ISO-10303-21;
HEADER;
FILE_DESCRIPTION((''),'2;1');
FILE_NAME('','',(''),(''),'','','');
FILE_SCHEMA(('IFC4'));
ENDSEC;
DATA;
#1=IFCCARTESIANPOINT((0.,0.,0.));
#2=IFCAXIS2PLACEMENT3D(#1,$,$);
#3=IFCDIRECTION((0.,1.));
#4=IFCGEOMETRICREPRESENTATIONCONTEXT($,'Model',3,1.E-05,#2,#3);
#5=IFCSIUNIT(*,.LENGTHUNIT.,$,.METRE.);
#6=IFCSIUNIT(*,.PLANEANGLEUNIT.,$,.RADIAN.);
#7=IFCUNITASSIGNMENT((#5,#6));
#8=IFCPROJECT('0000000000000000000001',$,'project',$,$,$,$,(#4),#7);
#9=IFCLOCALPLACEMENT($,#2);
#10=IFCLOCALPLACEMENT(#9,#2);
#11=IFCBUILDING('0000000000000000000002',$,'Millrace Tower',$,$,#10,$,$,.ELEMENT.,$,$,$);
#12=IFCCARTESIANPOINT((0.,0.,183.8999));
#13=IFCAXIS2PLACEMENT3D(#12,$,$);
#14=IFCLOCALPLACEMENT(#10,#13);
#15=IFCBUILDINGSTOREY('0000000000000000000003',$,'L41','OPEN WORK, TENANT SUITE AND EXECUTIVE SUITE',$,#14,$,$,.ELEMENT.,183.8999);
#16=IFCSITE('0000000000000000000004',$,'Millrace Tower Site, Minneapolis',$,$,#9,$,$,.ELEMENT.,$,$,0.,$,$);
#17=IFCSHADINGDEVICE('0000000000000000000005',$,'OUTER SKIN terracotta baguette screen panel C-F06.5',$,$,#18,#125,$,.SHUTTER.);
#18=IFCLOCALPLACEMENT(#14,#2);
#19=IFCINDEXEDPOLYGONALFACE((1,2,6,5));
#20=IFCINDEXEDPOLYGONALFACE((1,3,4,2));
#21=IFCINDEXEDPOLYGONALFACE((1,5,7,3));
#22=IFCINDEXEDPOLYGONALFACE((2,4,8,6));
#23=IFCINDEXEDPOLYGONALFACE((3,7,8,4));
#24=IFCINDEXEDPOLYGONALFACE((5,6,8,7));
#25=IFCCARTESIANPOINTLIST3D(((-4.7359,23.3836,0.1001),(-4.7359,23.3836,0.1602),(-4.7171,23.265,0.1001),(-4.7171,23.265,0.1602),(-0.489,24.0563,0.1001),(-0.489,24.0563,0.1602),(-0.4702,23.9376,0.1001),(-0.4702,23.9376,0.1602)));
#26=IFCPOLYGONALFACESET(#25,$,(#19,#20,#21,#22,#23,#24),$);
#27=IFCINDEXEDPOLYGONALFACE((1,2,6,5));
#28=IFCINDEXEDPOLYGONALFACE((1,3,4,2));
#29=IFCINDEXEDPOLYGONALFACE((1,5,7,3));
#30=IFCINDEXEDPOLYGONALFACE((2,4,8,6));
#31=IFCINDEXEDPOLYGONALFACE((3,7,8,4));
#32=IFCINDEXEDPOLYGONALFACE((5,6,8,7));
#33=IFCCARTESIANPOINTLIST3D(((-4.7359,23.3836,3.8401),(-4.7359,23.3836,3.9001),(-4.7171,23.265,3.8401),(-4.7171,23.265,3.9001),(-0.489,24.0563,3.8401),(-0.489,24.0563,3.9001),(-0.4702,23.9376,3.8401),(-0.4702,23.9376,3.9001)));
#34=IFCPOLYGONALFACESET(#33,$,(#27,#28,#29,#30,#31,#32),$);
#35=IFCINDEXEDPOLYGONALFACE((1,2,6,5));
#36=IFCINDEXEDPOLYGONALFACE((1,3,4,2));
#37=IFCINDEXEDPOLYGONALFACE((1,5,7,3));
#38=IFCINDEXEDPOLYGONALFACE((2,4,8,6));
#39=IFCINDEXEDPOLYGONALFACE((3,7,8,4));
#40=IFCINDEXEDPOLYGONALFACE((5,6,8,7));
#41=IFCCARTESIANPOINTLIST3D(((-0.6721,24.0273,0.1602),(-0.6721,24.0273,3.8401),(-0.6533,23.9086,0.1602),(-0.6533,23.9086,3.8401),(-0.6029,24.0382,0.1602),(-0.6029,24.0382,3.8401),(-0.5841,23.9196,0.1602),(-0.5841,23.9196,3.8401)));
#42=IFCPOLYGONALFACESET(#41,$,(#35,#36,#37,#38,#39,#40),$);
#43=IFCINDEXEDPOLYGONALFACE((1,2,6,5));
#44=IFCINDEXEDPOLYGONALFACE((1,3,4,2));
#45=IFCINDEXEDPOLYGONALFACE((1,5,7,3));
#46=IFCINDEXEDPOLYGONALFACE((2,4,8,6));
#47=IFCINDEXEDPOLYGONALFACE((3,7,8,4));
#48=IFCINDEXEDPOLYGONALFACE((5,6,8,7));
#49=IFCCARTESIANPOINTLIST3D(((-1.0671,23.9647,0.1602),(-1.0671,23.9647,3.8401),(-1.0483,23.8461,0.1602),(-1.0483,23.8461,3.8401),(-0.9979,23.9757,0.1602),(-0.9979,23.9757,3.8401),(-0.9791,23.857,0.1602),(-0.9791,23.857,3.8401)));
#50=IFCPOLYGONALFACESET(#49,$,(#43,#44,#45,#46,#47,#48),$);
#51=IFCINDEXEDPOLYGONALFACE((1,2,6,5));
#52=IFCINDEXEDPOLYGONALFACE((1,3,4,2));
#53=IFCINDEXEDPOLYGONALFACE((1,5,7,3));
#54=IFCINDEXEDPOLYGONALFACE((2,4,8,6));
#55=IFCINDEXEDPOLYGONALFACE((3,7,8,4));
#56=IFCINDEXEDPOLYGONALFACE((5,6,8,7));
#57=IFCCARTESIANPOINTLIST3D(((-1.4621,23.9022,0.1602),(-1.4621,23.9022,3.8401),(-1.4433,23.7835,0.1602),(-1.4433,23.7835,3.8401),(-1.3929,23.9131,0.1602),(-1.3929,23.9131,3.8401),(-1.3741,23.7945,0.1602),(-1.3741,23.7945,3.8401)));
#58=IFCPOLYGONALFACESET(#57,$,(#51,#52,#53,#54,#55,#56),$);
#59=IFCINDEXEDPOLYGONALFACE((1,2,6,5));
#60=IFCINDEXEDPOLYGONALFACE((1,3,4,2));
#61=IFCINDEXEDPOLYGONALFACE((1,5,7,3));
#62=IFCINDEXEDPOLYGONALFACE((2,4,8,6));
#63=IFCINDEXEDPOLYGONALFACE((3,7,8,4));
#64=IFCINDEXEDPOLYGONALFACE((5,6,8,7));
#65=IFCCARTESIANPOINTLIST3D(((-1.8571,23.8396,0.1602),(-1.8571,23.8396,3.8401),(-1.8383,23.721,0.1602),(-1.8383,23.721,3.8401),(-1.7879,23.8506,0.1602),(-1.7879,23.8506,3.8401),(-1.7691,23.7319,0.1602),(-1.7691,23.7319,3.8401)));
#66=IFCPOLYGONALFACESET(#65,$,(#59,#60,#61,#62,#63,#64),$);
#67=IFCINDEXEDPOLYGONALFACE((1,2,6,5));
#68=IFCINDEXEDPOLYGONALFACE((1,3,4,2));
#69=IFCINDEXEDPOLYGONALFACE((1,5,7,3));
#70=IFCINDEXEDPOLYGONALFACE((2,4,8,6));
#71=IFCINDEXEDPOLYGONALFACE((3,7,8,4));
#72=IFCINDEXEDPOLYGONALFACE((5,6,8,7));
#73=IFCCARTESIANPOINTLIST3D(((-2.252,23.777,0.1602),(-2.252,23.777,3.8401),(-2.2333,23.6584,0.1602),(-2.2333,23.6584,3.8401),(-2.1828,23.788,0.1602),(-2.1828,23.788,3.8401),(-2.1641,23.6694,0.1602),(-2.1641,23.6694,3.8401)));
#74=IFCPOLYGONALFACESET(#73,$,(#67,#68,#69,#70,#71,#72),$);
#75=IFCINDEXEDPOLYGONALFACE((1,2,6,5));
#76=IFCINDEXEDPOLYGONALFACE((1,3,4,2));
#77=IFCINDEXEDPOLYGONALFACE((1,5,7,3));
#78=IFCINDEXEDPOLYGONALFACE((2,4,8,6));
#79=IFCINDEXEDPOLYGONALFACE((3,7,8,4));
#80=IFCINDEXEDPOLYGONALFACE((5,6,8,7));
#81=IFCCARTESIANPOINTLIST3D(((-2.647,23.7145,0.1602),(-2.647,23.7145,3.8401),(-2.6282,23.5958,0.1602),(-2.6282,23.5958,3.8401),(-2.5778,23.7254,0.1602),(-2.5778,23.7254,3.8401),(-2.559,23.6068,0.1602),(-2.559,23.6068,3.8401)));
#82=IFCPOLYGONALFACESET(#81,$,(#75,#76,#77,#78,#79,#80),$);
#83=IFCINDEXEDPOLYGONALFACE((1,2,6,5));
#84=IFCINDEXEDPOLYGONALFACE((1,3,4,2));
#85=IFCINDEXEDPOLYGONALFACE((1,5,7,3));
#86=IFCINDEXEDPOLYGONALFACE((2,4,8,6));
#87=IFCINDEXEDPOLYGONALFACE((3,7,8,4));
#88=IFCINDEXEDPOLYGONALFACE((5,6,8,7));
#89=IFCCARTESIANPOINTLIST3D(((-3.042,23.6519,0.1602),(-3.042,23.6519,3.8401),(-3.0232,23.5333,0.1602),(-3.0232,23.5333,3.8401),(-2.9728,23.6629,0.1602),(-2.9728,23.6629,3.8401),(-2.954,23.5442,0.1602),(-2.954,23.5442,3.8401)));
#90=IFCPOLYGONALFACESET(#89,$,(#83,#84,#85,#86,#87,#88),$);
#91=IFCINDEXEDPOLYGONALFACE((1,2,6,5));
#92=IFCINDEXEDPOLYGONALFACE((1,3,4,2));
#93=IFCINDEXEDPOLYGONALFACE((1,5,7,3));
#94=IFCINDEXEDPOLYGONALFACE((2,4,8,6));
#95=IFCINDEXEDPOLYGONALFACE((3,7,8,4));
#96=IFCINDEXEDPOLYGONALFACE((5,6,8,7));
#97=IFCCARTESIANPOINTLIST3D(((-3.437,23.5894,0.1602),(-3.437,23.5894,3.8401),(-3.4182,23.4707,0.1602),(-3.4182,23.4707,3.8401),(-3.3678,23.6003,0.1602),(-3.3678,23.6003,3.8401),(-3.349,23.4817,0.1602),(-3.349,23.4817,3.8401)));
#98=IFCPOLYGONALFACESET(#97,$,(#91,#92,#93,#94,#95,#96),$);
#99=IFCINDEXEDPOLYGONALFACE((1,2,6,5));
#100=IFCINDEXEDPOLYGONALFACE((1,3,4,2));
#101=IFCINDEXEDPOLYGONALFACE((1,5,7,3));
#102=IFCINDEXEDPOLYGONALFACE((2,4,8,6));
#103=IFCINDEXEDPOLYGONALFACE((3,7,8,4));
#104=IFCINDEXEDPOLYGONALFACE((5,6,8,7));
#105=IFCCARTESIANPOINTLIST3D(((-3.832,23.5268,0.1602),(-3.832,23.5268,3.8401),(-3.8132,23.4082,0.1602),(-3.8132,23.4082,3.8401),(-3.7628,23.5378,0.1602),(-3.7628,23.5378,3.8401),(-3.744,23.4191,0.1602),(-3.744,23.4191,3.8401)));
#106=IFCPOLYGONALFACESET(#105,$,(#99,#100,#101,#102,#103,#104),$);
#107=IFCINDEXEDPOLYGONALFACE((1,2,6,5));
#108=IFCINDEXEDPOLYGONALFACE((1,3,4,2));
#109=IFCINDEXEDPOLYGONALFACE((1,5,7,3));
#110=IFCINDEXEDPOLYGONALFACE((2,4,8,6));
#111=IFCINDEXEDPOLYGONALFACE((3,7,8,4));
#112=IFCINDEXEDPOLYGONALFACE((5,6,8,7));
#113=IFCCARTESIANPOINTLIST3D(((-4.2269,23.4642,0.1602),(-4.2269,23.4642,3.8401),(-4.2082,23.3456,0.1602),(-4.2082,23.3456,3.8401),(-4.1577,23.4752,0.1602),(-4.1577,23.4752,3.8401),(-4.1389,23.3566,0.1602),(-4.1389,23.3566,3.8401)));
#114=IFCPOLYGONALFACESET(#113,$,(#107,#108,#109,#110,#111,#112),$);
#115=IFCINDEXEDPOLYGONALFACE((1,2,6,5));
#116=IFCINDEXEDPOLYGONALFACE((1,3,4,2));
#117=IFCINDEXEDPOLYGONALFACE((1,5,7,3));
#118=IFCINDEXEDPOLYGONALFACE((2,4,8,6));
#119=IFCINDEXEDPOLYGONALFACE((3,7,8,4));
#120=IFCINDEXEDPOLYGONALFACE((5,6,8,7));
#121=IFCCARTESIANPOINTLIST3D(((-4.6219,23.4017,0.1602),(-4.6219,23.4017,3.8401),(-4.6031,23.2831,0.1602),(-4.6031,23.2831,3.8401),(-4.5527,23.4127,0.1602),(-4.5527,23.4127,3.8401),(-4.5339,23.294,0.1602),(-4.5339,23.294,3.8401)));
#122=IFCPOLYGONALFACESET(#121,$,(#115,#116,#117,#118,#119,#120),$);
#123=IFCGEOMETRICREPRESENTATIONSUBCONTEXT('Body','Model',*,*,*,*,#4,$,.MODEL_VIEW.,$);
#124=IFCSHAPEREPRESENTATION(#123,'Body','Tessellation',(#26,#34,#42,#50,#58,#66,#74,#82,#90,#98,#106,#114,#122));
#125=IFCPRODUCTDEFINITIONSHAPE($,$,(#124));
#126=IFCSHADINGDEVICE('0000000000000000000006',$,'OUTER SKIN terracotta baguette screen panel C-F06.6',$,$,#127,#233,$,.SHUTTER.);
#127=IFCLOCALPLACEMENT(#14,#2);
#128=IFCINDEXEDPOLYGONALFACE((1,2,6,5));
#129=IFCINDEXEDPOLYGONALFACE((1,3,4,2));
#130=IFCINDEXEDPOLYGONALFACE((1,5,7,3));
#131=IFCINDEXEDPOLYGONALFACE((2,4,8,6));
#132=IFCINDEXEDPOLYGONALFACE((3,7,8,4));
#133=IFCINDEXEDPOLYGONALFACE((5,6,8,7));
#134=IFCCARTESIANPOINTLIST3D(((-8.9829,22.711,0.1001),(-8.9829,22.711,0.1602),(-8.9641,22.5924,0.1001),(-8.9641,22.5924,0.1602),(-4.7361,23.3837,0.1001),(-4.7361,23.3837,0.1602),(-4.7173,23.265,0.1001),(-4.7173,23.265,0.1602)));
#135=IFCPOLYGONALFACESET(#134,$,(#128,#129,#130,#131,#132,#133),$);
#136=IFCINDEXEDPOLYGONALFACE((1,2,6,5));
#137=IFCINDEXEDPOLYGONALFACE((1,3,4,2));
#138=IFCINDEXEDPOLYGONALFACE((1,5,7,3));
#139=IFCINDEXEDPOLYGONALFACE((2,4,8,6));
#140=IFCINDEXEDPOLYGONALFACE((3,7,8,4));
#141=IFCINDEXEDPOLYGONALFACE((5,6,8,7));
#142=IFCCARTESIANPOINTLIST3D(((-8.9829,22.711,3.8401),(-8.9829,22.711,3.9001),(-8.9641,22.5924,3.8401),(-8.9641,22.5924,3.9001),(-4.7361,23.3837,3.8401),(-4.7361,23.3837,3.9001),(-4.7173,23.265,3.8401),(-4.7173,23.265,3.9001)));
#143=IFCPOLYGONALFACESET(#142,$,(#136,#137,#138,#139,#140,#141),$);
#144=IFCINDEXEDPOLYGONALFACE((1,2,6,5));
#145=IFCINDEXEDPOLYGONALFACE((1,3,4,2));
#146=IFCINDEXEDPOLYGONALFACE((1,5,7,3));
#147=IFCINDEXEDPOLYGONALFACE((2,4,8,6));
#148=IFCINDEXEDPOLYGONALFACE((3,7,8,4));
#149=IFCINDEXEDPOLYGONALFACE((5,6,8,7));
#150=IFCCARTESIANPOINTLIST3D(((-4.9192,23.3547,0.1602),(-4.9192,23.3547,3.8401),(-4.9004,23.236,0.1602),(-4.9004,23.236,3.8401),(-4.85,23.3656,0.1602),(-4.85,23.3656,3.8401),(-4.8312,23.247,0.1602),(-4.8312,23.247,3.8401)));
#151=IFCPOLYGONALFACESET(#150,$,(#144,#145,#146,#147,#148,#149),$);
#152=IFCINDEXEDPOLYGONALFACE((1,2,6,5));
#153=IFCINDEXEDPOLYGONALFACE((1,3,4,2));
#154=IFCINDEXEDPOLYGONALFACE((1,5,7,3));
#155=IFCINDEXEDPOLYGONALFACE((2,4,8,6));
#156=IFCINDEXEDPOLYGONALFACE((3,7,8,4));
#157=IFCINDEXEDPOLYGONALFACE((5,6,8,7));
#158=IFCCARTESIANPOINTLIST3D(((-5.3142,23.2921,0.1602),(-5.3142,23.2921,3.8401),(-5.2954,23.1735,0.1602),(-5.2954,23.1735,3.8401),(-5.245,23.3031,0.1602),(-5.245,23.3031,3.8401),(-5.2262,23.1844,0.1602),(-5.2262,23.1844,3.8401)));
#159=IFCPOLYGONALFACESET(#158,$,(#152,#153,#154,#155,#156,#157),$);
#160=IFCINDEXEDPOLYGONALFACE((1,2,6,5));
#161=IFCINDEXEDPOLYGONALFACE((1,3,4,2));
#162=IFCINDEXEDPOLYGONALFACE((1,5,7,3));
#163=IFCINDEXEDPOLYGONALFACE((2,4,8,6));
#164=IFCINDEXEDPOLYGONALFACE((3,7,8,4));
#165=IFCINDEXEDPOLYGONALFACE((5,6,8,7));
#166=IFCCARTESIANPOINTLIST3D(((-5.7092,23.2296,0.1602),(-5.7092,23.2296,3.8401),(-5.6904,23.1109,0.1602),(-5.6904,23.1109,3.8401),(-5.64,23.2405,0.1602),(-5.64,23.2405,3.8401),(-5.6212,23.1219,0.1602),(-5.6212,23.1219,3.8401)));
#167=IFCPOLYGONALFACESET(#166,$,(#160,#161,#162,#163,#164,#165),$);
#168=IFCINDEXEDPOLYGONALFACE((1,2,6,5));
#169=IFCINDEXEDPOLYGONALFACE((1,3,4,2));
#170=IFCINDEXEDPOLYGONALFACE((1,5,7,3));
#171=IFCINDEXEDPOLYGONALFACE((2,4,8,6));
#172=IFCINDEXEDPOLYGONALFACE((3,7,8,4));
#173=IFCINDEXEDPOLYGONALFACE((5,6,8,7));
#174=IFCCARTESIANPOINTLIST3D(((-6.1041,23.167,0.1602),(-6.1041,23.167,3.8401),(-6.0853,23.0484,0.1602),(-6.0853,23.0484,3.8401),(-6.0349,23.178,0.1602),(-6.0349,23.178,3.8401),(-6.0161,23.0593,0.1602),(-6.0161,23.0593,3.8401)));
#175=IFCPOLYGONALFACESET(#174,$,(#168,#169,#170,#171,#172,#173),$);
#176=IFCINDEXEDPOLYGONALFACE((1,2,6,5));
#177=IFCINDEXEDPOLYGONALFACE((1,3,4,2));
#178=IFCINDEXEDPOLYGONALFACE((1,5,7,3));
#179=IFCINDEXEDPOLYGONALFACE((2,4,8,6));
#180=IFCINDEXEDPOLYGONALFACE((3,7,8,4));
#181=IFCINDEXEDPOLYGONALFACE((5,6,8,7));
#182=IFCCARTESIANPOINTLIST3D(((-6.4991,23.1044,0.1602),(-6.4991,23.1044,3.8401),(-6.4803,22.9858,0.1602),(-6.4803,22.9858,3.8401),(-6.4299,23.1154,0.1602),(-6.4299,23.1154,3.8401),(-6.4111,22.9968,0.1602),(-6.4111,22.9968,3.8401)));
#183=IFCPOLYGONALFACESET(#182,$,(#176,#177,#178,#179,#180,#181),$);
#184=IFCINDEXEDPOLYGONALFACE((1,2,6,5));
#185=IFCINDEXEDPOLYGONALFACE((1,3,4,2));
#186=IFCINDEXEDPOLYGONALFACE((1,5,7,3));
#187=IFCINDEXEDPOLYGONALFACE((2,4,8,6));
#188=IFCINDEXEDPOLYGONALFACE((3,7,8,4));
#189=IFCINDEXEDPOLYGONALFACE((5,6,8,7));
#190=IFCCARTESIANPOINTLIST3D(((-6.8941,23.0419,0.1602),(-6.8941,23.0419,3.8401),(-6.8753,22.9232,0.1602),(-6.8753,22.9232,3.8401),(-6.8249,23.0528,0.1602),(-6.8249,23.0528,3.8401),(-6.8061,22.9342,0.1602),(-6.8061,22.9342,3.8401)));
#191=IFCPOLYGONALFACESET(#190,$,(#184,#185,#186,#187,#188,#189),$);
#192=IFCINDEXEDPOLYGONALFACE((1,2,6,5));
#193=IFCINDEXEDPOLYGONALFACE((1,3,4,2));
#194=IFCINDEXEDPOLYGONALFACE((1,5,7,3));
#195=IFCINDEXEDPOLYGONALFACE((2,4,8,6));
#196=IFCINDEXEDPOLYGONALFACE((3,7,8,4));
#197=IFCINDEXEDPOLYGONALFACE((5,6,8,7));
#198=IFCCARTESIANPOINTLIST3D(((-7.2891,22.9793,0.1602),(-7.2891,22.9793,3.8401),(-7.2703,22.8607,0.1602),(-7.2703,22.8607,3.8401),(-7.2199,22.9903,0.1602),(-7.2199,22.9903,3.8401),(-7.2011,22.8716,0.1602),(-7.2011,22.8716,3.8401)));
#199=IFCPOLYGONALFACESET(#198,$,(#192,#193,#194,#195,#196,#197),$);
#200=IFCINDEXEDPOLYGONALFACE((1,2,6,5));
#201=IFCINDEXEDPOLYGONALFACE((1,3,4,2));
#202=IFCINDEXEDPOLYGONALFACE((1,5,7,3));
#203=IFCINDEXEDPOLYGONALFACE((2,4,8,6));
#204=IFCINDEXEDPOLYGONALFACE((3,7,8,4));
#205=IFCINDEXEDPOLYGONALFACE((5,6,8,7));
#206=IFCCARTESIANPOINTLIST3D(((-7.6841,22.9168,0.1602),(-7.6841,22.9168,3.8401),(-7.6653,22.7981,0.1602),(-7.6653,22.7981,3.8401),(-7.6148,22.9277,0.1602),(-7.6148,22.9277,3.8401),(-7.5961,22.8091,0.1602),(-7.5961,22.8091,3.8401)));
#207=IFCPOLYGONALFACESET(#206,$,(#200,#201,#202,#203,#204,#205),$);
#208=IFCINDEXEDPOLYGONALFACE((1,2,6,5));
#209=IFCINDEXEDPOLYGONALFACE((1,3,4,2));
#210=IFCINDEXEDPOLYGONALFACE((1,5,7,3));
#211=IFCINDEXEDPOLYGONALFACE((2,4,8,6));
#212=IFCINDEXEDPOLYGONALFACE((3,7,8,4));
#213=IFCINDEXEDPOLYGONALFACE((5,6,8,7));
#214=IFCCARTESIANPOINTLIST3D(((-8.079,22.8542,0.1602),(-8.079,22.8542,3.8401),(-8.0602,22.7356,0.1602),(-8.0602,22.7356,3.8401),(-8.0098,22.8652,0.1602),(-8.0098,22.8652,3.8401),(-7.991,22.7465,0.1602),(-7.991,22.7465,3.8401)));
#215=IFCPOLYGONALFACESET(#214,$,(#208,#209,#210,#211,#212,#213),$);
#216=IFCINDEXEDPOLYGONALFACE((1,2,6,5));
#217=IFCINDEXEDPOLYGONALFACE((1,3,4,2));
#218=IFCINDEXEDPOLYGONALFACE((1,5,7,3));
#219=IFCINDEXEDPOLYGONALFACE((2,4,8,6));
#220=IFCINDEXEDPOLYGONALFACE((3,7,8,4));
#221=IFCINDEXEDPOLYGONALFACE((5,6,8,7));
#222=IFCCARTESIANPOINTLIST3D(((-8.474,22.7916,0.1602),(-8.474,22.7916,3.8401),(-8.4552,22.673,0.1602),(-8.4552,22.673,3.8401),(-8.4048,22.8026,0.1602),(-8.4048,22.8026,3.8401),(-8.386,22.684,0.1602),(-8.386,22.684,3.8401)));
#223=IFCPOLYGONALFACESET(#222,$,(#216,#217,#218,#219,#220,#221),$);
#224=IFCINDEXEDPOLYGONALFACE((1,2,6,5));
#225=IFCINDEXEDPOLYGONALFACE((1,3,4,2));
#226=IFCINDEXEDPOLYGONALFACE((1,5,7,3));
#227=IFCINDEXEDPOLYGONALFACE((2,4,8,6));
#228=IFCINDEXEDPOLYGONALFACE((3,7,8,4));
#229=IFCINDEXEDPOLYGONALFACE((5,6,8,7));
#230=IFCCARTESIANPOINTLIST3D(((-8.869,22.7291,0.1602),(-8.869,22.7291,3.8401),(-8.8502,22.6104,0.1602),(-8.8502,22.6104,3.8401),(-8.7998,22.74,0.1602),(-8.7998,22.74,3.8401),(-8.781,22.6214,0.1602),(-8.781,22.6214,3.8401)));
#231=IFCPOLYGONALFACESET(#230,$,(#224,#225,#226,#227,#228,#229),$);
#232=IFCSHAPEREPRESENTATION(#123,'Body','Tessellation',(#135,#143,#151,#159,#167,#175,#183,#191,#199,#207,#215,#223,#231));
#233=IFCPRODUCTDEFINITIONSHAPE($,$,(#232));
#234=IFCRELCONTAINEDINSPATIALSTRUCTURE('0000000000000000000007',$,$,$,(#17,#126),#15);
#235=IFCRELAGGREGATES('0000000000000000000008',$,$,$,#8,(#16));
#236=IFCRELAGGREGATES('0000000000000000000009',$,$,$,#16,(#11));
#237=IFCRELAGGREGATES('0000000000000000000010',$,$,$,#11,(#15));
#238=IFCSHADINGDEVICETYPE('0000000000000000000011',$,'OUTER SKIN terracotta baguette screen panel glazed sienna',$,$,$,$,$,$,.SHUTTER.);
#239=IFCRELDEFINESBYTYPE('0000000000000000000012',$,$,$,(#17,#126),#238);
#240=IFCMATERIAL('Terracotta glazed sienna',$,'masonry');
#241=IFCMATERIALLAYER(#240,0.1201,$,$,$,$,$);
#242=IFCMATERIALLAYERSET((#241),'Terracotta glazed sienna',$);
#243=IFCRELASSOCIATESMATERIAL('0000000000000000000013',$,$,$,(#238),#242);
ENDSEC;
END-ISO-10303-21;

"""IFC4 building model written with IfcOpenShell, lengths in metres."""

from ifc_helpers import new_model, entity, si_unit, direction, frame, frame_2d, origin, origin_2d, place, context, subcontext, project, spatial, rectangle, extrude, source, transform, mapped, material, layer, layer_set, type_object, element, save


model = new_model("IFC4")

# Units and contexts
model_context = context("Model", 3, precision=1e-05, world=origin(), true_north=direction((0.0, 1.0)))
body_context = subcontext(model_context, "Body", "Model", "MODEL_VIEW")
ifc_project = project(units=[si_unit("LENGTHUNIT", "METRE"), si_unit("PLANEANGLEUNIT", "RADIAN")], contexts=[model_context])

# Site, building, storey
site_placement = place(None, origin())
site = spatial("IfcSite", under=ifc_project, at=site_placement, Name="Millrace Tower Site, Minneapolis", CompositionType="ELEMENT", RefElevation=0.0)
building_placement = place(site_placement, origin())
building = spatial("IfcBuilding", under=site, at=building_placement, Name="Millrace Tower", CompositionType="ELEMENT")
storey_placement = place(building_placement, frame((0.0, 0.0, 183.8999)))
storey = spatial("IfcBuildingStorey", under=building, at=storey_placement, Name="L41", Description="OPEN WORK, TENANT SUITE AND EXECUTIVE SUITE", CompositionType="ELEMENT", Elevation=183.8999)

# Shading devices
ifc_material_1 = material(Name="Terracotta glazed sienna", Category="masonry")
ifc_layer_1 = layer(ifc_material_1, 0.1201)
ifc_layer_set_1 = layer_set([ifc_layer_1], Name="Terracotta glazed sienna")
shading_device_type = type_object("IfcShadingDeviceType", Name="OUTER SKIN terracotta baguette screen panel glazed sienna", PredefinedType="SHUTTER", material=ifc_layer_set_1)
cartesian_point = entity("IfcCartesianPoint", [-2.1499, 0.0601])
shared_polyline = entity("IfcPolyline", [cartesian_point, entity("IfcCartesianPoint", [2.1499, 0.0601]), entity("IfcCartesianPoint", [2.1499, -0.0601]), entity("IfcCartesianPoint", [-2.1499, -0.0601]), cartesian_point])
shared_shape = source(origin(), body_context, "Body", "SweptSolid", [
    entity("IfcExtrudedAreaSolid", entity("IfcArbitraryClosedProfileDef", "AREA", None, shared_polyline), entity("IfcAxis2Placement3D", entity("IfcCartesianPoint", [0.0, 0.0, 0.0])), entity("IfcDirection", [0.0, 0.0, 1.0]), 0.0601),
    entity("IfcExtrudedAreaSolid", entity("IfcArbitraryClosedProfileDef", "AREA", None, shared_polyline), entity("IfcAxis2Placement3D", entity("IfcCartesianPoint", [0.0, 0.0, 3.74])), entity("IfcDirection", [0.0, 0.0, 1.0]), 0.0601),
    extrude(rectangle(XDim=0.0701, YDim=0.1201, at=frame_2d((-1.9995, 0.0))), frame((0.0, 0.0, 0.0601)), (0.0, 0.0, 1.0), 3.6799),
    extrude(rectangle(XDim=0.0701, YDim=0.1201, at=frame_2d((-1.5996, 0.0))), frame((0.0, 0.0, 0.0601)), (0.0, 0.0, 1.0), 3.6799),
    extrude(rectangle(XDim=0.0701, YDim=0.1201, at=frame_2d((-1.1997, 0.0))), frame((0.0, 0.0, 0.0601)), (0.0, 0.0, 1.0), 3.6799),
    extrude(rectangle(XDim=0.0701, YDim=0.1201, at=frame_2d((-0.7998, 0.0))), frame((0.0, 0.0, 0.0601)), (0.0, 0.0, 1.0), 3.6799),
    extrude(rectangle(XDim=0.0701, YDim=0.1201, at=frame_2d((-0.3999, 0.0))), frame((0.0, 0.0, 0.0601)), (0.0, 0.0, 1.0), 3.6799),
    extrude(rectangle(XDim=0.0701, YDim=0.1201, at=origin_2d()), frame((0.0, 0.0, 0.0601)), (0.0, 0.0, 1.0), 3.6799),
    extrude(rectangle(XDim=0.0701, YDim=0.1201, at=frame_2d((0.3999, 0.0))), frame((0.0, 0.0, 0.0601)), (0.0, 0.0, 1.0), 3.6799),
    extrude(rectangle(XDim=0.0701, YDim=0.1201, at=frame_2d((0.7998, 0.0))), frame((0.0, 0.0, 0.0601)), (0.0, 0.0, 1.0), 3.6799),
    extrude(rectangle(XDim=0.0701, YDim=0.1201, at=frame_2d((1.1997, 0.0))), frame((0.0, 0.0, 0.0601)), (0.0, 0.0, 1.0), 3.6799),
    extrude(rectangle(XDim=0.0701, YDim=0.1201, at=frame_2d((1.5996, 0.0))), frame((0.0, 0.0, 0.0601)), (0.0, 0.0, 1.0), 3.6799),
    extrude(rectangle(XDim=0.0701, YDim=0.1201, at=frame_2d((1.9995, 0.0))), frame((0.0, 0.0, 0.0601)), (0.0, 0.0, 1.0), 3.6799),
])
for number, where, z_axis, x_axis, name in (
    (1, (-2.603, 23.6606, 0.1001), (0.0, 0.0, 1.0), (-0.987688, -0.156434, 0.0), "OUTER SKIN terracotta baguette screen panel C-F06.5"),
    (2, (-6.8501, 22.988, 0.1001), (0.0, 0.0, 1.0), (-0.987688, -0.156434, 0.0), "OUTER SKIN terracotta baguette screen panel C-F06.6"),
):
    element("IfcShadingDevice", number, at=place(storey_placement, frame(where, z_axis=z_axis, x_axis=x_axis)), inside=storey, type_object=shading_device_type, Name=name, PredefinedType="SHUTTER", context=body_context, shape_type="MappedRepresentation", body=[
        mapped(shared_shape, transform((0.0, 0.0, 0.0), scale=1.0)),
    ])

save(model, "model.ifc")
